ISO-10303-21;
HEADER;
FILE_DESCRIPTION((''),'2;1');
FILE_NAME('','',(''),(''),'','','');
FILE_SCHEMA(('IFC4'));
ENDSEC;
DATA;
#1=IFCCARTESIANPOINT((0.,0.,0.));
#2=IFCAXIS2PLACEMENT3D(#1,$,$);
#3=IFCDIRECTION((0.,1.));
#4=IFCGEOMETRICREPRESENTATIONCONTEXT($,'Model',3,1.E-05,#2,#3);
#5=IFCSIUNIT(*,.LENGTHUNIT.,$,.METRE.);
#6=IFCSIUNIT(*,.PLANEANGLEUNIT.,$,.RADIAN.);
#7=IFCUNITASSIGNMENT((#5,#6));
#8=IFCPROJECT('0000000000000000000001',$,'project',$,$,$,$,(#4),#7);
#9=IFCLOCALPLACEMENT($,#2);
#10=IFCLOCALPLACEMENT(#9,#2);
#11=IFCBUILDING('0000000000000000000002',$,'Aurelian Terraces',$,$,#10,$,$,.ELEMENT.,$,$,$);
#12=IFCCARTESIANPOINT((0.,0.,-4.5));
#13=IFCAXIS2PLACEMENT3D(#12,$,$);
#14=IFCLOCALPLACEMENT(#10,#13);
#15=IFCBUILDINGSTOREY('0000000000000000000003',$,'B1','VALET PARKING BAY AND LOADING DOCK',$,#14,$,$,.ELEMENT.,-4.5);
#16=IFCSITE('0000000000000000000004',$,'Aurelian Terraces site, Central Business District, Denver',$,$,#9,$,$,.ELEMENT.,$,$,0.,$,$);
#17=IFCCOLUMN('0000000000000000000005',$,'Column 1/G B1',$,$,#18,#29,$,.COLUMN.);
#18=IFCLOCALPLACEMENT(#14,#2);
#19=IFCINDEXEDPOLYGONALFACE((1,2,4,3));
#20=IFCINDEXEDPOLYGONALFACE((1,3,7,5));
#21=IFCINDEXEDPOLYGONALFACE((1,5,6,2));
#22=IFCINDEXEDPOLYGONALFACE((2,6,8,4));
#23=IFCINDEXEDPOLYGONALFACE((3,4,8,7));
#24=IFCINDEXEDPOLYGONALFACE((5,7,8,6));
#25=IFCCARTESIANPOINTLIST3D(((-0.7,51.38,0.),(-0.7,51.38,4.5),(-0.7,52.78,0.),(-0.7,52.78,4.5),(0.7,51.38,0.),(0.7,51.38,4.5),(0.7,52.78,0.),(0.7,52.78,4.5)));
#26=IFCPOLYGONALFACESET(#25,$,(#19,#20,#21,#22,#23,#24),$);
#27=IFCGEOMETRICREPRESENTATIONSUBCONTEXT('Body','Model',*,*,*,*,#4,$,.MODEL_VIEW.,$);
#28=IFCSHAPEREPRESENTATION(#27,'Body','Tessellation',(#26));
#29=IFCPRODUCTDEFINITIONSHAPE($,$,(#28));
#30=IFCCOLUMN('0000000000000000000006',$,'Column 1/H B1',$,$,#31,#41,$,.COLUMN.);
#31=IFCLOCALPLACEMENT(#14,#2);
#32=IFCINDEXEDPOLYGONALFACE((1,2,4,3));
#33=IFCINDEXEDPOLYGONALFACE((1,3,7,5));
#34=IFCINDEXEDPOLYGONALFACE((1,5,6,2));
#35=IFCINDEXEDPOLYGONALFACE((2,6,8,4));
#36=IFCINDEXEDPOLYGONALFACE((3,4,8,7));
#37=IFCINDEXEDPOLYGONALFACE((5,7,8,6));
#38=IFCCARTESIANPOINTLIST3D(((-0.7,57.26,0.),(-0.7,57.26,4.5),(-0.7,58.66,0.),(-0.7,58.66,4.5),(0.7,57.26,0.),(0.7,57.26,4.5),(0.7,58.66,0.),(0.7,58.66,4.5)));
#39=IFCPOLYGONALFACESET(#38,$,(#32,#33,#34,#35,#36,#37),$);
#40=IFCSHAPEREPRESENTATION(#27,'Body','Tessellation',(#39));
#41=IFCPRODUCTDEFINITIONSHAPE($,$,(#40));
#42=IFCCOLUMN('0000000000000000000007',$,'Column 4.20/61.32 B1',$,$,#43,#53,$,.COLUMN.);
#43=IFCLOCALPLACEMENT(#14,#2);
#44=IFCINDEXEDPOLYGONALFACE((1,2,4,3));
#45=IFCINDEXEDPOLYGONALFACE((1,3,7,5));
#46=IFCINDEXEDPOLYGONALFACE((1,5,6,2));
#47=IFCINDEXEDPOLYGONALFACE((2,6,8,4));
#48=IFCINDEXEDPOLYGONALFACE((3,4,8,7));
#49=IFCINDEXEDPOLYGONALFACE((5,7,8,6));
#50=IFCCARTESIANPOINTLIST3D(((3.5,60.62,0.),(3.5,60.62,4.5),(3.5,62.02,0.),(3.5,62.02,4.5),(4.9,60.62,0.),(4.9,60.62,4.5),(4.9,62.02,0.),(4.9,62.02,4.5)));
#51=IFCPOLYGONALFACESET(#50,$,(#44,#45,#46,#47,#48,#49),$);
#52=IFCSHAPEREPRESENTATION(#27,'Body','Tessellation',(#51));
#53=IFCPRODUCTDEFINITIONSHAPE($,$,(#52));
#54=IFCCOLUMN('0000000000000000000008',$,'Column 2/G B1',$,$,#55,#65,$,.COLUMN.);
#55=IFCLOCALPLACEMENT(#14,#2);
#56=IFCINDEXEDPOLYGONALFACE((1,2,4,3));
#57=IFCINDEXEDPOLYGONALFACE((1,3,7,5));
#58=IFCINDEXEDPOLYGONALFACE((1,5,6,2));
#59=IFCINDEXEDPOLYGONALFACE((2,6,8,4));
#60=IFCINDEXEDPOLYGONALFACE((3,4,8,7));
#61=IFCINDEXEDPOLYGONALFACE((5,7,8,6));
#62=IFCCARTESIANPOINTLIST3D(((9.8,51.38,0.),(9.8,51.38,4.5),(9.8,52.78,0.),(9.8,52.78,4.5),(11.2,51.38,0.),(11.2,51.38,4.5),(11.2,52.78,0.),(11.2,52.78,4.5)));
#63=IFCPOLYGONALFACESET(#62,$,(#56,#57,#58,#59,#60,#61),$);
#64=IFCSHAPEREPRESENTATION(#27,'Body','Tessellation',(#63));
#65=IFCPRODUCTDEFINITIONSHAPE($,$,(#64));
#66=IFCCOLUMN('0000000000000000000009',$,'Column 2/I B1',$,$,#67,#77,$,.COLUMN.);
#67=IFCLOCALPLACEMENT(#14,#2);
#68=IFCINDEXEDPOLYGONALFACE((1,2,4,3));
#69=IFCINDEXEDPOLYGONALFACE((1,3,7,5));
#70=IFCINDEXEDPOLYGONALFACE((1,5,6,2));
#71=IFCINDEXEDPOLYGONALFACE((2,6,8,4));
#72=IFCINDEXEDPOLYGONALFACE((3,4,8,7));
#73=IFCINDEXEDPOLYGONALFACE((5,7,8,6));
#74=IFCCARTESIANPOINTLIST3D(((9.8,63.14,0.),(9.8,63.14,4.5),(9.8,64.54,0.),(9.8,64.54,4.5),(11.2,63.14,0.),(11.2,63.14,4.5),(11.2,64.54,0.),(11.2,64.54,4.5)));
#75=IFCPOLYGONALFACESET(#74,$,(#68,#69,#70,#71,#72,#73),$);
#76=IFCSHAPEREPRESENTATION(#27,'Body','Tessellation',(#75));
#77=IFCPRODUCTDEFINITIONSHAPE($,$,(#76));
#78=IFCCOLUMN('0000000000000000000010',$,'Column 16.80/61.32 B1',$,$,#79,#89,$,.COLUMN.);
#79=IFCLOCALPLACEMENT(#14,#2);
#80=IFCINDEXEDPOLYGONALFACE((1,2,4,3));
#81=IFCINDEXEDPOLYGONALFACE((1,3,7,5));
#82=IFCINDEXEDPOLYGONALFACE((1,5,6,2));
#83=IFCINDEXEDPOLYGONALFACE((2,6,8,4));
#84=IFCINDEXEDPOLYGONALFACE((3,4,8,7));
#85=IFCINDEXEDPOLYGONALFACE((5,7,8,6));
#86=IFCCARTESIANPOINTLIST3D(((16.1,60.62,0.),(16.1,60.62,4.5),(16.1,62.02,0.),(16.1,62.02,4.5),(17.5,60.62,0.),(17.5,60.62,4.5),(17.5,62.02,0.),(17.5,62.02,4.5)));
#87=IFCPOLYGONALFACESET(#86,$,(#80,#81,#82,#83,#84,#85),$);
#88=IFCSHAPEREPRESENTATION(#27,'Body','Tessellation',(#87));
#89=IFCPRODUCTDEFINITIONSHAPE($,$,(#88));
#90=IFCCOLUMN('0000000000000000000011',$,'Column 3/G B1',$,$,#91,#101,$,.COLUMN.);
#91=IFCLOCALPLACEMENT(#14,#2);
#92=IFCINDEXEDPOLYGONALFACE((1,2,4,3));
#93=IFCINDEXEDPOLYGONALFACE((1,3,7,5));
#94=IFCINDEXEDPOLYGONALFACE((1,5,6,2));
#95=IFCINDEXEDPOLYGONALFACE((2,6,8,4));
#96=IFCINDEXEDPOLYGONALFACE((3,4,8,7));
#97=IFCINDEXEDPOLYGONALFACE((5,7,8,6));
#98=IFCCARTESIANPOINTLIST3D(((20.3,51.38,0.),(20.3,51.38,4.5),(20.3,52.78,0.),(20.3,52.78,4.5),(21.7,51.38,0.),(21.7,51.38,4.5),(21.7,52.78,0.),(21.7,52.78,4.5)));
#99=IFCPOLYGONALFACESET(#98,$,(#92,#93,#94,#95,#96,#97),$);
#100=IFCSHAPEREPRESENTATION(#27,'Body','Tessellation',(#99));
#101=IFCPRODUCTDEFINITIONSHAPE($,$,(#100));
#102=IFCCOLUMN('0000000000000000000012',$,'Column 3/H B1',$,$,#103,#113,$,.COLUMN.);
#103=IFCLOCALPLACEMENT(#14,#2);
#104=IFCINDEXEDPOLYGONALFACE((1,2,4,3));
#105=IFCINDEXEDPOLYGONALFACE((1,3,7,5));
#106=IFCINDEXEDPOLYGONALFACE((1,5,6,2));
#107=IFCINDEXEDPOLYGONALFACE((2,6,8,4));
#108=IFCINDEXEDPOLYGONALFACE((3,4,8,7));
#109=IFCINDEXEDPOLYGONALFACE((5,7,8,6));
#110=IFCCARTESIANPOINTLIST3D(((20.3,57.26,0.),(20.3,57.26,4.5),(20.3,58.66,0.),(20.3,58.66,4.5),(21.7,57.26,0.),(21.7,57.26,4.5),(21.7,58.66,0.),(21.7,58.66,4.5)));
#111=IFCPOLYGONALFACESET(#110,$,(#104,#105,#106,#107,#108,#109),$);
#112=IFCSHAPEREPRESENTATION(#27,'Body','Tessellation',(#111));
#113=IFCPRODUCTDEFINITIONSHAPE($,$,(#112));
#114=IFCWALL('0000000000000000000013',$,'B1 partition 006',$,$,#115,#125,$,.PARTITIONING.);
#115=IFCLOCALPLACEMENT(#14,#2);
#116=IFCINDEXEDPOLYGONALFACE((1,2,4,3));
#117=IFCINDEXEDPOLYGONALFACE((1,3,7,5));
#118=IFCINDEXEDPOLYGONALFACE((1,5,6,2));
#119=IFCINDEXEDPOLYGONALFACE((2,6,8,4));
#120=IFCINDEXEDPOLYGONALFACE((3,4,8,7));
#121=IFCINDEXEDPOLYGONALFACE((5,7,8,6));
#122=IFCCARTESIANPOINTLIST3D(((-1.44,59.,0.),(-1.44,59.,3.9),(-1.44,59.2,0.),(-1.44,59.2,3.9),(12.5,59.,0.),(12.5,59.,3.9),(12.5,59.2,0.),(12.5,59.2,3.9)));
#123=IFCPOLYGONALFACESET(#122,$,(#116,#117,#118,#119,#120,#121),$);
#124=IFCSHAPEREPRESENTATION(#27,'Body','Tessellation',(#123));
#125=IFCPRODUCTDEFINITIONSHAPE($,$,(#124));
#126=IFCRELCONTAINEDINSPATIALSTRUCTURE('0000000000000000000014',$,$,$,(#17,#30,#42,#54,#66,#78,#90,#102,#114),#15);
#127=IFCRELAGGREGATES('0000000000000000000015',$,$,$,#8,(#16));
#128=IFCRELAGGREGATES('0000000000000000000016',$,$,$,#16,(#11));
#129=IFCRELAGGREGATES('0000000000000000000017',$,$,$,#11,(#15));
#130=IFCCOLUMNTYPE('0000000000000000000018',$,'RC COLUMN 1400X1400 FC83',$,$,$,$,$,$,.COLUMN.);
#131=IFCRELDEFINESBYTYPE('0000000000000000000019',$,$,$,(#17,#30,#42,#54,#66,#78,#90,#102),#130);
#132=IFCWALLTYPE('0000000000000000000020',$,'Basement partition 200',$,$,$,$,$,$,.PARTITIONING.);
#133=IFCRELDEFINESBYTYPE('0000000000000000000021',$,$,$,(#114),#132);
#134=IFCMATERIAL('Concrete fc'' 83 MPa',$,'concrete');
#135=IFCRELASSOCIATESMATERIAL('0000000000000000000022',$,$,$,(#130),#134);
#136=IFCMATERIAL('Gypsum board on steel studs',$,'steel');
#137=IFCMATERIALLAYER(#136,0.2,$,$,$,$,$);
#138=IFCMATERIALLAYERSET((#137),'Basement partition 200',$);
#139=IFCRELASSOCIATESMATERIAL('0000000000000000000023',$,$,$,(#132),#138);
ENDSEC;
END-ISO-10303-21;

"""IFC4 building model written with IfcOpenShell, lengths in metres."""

from ifc_helpers import new_model, si_unit, direction, frame, frame_2d, origin, origin_2d, place, context, subcontext, project, spatial, rectangle, extrude, source, transform, mapped, material, layer, layer_set, material_profile, profile_set, type_object, element, save


model = new_model("IFC4")

# Units and contexts
model_context = context("Model", 3, precision=1e-05, world=origin(), true_north=direction((0.0, 1.0)))
body_context = subcontext(model_context, "Body", "Model", "MODEL_VIEW")
ifc_project = project(units=[si_unit("LENGTHUNIT", "METRE"), si_unit("PLANEANGLEUNIT", "RADIAN")], contexts=[model_context])

# Site, building, storey
site_placement = place(None, origin())
site = spatial("IfcSite", under=ifc_project, at=site_placement, Name="Aurelian Terraces site, Central Business District, Denver", CompositionType="ELEMENT", RefElevation=0.0)
building_placement = place(site_placement, origin())
building = spatial("IfcBuilding", under=site, at=building_placement, Name="Aurelian Terraces", CompositionType="ELEMENT")
storey_placement = place(building_placement, frame((0.0, 0.0, -4.5)))
storey = spatial("IfcBuildingStorey", under=building, at=storey_placement, Name="B1", Description="VALET PARKING BAY AND LOADING DOCK", CompositionType="ELEMENT", Elevation=-4.5)

# Columns
ifc_material_1 = material(Name="Concrete fc' 83 MPa", Category="concrete")
ifc_material_profile = material_profile(ifc_material_1, rectangle(XDim=1.4, YDim=1.4, at=origin_2d()))
ifc_profile_set = profile_set([ifc_material_profile], Name="Concrete fc' 83 MPa")
column_type = type_object("IfcColumnType", Name="RC COLUMN 1400X1400 FC83", PredefinedType="COLUMN", material=ifc_profile_set)
shared_shape_1 = source(origin(), body_context, "Body", "SweptSolid", [
    extrude(rectangle(XDim=1.4, YDim=1.4, at=origin_2d()), origin(), (0.0, 0.0, 1.0), 4.5),
])
for number, where, z_axis, x_axis, name in (
    (1, (0.0, 52.08, 0.0), (0.0, 0.0, 1.0), (1.0, 0.0, 0.0), "Column 1/G B1"),
    (2, (0.0, 57.96, 0.0), (0.0, 0.0, 1.0), (1.0, 0.0, 0.0), "Column 1/H B1"),
    (3, (4.2, 61.32, 0.0), (0.0, 0.0, 1.0), (1.0, 0.0, 0.0), "Column 4.20/61.32 B1"),
    (4, (10.5, 52.08, 0.0), (0.0, 0.0, 1.0), (1.0, 0.0, 0.0), "Column 2/G B1"),
    (5, (10.5, 63.84, 0.0), (0.0, 0.0, 1.0), (1.0, 0.0, 0.0), "Column 2/I B1"),
    (6, (16.8, 61.32, 0.0), (0.0, 0.0, 1.0), (1.0, 0.0, 0.0), "Column 16.80/61.32 B1"),
    (7, (21.0, 52.08, 0.0), (0.0, 0.0, 1.0), (1.0, 0.0, 0.0), "Column 3/G B1"),
    (8, (21.0, 57.96, 0.0), (0.0, 0.0, 1.0), (1.0, 0.0, 0.0), "Column 3/H B1"),
):
    element("IfcColumn", number, at=place(storey_placement, frame(where, z_axis=z_axis, x_axis=x_axis)), inside=storey, type_object=column_type, Name=name, PredefinedType="COLUMN", context=body_context, shape_type="MappedRepresentation", body=[
        mapped(shared_shape_1, transform((0.0, 0.0, 0.0), scale=1.0)),
    ])

# Wall
ifc_material_2 = material(Name="Gypsum board on steel studs", Category="steel")
ifc_layer = layer(ifc_material_2, 0.2)
ifc_layer_set = layer_set([ifc_layer], Name="Basement partition 200")
wall_type = type_object("IfcWallType", Name="Basement partition 200", PredefinedType="PARTITIONING", material=ifc_layer_set)
shared_shape_2 = source(origin(), body_context, "Body", "SweptSolid", [
    extrude(rectangle(XDim=13.94, YDim=0.2, at=frame_2d((6.97, 0.0))), origin(), (0.0, 0.0, 1.0), 3.9),
])
wall_1_placement = place(storey_placement, frame((-1.44, 59.1, 0.0), z_axis=(0.0, 0.0, 1.0), x_axis=(1.0, 0.0, 0.0)))
element("IfcWall", 9, at=wall_1_placement, inside=storey, type_object=wall_type, Name="B1 partition 006", PredefinedType="PARTITIONING", context=body_context, shape_type="MappedRepresentation", body=[
    mapped(shared_shape_2, transform((0.0, 0.0, 0.0), scale=1.0)),
])

save(model, "model.ifc")
